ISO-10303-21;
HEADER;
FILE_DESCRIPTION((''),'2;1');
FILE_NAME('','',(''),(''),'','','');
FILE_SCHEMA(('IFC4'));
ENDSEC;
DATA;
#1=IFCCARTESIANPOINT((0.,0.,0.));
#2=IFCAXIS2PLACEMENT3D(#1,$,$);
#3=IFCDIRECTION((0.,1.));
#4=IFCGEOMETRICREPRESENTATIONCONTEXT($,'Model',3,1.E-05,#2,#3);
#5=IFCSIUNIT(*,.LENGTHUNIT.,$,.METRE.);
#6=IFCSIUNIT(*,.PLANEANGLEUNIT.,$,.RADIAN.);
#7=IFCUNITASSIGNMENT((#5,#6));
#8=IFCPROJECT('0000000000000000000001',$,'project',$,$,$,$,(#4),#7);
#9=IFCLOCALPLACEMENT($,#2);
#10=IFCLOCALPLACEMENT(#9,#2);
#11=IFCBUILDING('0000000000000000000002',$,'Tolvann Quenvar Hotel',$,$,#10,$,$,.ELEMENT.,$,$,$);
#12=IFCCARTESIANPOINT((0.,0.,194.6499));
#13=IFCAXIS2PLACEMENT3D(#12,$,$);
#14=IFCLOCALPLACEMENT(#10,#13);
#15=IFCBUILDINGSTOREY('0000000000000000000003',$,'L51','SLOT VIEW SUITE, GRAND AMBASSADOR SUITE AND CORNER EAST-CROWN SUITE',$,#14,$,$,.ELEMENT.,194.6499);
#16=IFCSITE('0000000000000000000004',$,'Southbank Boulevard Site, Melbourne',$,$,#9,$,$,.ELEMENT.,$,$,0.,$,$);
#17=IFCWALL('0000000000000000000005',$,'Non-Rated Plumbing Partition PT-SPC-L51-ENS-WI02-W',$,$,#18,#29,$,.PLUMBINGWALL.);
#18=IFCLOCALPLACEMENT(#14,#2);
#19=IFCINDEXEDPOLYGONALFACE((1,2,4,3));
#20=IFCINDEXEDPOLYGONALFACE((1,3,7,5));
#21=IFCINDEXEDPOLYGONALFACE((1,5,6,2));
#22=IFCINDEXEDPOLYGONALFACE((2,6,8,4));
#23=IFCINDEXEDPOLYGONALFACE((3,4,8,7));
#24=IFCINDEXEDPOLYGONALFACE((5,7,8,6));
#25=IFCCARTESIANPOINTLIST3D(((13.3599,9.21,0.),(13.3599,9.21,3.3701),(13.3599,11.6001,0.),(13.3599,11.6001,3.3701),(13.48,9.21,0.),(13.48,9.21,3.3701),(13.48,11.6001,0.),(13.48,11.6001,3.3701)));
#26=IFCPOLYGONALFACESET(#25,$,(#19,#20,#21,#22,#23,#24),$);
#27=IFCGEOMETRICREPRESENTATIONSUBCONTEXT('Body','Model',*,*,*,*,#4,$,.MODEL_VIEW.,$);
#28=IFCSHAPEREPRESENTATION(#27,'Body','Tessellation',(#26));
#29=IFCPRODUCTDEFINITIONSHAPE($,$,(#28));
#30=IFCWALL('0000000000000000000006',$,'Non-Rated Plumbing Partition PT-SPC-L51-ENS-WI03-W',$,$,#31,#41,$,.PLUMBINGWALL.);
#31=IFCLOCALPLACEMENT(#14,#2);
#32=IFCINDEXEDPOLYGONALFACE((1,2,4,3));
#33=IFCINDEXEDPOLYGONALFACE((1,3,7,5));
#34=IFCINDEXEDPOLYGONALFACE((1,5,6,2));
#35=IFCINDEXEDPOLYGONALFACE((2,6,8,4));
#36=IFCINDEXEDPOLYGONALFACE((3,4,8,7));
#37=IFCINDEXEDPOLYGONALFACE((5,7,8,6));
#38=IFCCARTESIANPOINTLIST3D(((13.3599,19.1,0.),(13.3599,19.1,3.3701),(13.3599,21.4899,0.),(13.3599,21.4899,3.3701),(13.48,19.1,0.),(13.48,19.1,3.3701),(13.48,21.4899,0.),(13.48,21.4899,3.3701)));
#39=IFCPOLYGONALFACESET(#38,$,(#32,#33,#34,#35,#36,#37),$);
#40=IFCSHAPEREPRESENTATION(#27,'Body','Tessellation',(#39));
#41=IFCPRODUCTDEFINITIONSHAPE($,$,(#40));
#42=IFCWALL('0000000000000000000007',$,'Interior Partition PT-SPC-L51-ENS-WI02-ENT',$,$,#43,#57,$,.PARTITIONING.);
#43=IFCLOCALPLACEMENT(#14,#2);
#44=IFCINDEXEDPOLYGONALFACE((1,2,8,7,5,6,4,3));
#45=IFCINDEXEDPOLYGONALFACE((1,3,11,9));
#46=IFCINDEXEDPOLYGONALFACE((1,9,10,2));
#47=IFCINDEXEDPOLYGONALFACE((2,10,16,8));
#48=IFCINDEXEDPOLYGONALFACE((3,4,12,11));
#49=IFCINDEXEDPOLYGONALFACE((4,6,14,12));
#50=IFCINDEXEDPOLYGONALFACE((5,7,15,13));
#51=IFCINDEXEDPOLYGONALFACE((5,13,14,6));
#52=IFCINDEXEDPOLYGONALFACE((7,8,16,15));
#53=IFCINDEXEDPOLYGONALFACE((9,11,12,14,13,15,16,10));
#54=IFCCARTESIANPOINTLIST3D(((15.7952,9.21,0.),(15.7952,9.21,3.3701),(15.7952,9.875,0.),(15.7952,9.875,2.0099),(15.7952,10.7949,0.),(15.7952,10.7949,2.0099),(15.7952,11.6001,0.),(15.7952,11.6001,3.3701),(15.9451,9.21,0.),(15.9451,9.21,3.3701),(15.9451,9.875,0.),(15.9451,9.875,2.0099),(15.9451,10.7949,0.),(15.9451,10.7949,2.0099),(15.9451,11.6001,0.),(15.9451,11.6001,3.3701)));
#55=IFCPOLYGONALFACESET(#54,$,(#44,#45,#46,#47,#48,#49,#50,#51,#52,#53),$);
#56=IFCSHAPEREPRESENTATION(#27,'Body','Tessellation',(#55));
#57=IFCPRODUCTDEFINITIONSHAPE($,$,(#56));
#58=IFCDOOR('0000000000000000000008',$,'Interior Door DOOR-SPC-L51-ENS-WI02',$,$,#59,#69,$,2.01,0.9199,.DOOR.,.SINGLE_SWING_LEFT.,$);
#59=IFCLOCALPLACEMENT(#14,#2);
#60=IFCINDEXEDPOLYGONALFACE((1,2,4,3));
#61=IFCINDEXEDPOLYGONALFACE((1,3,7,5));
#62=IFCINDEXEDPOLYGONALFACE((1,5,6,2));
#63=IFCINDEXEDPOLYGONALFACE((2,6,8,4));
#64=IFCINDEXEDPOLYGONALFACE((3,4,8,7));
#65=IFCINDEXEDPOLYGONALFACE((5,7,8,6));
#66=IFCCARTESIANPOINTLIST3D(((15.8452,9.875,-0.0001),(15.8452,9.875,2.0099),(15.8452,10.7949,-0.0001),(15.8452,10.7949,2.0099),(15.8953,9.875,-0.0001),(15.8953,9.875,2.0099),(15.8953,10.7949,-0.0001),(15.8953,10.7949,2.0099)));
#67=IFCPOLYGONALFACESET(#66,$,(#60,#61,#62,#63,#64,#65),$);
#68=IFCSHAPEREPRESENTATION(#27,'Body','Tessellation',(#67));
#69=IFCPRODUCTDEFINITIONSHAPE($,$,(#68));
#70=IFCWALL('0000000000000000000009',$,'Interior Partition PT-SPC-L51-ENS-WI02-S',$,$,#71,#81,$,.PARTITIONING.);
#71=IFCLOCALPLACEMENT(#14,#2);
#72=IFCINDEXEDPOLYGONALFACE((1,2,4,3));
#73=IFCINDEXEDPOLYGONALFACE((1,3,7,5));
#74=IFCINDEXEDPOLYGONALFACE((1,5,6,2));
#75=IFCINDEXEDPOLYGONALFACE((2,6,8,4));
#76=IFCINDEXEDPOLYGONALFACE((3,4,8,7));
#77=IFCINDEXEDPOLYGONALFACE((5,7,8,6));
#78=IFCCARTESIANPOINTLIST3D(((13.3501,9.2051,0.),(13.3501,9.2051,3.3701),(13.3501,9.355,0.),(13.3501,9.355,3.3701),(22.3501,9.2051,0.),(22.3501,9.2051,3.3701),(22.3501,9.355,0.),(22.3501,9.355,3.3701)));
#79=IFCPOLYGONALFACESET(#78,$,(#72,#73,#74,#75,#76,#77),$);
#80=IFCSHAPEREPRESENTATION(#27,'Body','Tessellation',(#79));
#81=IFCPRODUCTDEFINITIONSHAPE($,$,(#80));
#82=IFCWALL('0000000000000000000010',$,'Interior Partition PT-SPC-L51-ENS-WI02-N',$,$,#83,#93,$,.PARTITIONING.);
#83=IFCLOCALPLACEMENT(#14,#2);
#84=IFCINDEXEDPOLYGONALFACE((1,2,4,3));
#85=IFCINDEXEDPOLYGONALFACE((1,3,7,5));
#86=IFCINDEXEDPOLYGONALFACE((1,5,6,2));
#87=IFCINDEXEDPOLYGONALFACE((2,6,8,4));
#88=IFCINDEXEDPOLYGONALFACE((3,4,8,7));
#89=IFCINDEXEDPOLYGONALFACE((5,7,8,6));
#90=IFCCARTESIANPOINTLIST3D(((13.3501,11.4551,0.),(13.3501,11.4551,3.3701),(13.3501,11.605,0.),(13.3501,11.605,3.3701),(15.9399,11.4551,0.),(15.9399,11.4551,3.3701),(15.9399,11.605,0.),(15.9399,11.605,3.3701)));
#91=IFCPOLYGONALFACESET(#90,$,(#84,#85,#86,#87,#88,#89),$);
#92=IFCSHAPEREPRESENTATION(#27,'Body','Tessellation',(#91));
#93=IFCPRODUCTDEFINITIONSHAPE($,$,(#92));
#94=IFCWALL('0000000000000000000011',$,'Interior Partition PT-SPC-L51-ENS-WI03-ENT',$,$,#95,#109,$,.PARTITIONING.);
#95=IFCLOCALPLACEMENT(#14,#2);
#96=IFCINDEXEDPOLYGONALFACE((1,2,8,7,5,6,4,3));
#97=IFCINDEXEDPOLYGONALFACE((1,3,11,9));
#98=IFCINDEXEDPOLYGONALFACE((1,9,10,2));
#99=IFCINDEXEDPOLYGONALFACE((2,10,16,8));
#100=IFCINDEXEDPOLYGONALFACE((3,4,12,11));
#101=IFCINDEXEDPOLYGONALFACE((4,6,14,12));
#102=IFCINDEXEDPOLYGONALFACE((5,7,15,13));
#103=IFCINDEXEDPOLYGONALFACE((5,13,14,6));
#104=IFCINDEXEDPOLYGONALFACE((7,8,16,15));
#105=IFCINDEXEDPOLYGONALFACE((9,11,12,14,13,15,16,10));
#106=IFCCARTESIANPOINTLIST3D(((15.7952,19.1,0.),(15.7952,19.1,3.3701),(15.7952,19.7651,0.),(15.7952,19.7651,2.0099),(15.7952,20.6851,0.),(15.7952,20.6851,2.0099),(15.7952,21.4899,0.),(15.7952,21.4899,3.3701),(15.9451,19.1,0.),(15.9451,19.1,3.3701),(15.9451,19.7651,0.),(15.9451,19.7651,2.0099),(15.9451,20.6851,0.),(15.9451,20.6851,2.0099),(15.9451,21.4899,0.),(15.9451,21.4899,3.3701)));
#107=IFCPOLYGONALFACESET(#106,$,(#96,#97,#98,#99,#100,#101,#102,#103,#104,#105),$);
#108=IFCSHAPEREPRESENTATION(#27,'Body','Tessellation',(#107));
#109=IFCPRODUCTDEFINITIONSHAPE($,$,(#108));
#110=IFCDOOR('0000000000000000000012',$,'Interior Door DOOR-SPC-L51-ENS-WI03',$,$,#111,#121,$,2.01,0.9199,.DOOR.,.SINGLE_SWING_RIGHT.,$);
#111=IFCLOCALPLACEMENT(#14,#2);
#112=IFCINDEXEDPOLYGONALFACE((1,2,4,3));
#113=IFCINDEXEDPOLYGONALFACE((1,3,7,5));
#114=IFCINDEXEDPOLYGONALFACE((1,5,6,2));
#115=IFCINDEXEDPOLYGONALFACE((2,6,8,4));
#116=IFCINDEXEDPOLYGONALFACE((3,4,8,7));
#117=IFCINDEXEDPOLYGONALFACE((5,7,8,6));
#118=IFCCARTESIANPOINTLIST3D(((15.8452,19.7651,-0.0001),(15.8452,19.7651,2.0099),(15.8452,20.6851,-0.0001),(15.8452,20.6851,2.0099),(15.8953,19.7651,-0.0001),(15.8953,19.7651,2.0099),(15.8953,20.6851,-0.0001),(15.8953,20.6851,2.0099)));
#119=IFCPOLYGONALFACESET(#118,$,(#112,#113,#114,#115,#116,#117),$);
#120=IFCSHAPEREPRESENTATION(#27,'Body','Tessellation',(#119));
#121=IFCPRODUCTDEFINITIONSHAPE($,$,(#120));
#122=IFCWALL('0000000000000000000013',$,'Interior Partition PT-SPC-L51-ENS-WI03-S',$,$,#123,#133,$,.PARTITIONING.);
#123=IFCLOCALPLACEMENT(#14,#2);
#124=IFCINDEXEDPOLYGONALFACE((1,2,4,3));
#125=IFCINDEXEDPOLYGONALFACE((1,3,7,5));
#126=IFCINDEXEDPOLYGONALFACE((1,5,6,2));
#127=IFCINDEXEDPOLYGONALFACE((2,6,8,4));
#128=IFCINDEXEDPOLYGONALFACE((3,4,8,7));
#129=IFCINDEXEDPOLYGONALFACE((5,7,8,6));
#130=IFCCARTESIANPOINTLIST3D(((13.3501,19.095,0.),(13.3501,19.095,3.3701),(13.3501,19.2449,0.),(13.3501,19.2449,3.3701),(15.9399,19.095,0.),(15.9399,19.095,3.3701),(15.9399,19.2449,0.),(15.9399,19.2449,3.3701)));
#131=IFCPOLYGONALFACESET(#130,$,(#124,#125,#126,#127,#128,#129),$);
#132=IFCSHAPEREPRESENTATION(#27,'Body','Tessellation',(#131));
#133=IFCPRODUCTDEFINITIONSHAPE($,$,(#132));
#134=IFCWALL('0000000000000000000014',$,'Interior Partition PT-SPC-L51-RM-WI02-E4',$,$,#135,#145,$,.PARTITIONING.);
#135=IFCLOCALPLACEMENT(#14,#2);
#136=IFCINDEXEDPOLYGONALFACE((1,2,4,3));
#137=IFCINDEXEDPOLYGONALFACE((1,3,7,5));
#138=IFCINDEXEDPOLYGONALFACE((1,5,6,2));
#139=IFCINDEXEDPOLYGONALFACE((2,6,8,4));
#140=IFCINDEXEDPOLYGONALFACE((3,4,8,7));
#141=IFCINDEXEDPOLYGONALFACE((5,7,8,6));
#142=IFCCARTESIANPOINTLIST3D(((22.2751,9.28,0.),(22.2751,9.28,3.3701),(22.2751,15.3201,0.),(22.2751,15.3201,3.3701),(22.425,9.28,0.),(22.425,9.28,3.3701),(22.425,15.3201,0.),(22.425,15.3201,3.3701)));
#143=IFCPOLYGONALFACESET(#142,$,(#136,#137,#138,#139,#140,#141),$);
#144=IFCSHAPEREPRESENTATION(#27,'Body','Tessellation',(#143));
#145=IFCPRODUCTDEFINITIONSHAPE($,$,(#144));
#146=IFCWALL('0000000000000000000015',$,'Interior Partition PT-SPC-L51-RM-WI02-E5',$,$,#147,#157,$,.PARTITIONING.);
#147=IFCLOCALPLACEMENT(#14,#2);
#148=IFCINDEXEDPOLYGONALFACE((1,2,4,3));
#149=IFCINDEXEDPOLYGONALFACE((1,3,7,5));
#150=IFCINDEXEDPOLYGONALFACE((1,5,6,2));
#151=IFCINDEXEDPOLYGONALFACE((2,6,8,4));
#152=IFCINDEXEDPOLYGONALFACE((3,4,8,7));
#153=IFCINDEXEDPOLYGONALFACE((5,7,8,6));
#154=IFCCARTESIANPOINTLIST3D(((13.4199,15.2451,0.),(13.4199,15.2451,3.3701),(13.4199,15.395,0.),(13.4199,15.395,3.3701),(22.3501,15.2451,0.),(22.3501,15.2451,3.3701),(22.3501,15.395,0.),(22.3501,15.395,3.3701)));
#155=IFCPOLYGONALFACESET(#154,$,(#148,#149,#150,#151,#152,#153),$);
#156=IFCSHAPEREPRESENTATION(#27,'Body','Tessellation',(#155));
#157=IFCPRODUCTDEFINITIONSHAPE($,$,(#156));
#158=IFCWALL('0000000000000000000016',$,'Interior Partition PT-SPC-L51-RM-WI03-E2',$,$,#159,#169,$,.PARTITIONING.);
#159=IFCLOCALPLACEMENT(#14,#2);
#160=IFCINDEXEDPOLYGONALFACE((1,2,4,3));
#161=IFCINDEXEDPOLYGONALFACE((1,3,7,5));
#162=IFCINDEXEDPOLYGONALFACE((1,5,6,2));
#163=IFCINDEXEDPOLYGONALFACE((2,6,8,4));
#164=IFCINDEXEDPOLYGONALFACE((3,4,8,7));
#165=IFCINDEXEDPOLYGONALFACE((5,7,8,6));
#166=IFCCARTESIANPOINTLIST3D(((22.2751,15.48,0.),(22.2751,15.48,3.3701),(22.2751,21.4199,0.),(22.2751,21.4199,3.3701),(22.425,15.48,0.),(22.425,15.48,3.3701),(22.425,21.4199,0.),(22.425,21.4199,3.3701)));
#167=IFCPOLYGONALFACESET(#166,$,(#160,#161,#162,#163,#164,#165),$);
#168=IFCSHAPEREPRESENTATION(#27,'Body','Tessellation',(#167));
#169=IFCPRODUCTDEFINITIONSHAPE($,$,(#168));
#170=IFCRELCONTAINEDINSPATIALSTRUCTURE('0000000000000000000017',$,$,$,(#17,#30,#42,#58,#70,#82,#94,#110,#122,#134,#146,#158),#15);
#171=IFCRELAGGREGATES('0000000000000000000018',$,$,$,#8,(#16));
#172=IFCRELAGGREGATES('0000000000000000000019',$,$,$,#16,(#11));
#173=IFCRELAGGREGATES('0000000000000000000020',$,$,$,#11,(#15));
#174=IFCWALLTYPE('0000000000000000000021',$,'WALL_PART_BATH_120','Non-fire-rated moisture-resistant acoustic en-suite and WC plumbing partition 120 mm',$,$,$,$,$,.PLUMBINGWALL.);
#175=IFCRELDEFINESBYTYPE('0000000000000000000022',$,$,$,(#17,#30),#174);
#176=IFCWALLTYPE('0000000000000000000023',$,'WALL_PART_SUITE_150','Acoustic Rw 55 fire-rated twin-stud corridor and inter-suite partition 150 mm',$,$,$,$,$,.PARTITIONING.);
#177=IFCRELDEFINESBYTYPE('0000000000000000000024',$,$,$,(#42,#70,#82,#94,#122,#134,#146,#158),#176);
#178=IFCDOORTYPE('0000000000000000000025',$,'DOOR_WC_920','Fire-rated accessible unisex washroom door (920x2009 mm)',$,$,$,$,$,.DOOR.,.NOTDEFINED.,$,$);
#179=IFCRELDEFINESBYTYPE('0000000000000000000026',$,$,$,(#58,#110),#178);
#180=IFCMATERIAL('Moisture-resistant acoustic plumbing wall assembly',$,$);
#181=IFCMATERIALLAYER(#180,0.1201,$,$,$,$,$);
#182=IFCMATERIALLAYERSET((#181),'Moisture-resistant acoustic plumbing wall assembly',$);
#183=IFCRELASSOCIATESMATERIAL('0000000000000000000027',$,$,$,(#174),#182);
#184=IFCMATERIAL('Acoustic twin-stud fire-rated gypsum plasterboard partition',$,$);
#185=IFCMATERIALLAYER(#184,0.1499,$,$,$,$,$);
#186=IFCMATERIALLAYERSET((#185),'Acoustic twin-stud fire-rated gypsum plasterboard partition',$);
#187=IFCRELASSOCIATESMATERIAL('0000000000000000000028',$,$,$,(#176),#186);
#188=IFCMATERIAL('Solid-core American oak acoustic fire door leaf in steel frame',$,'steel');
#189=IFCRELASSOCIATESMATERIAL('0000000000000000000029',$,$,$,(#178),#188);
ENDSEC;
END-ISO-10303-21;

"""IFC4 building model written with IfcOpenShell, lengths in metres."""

from ifc_helpers import new_model, si_unit, direction, frame, frame_2d, origin, place, context, subcontext, project, spatial, rectangle, extrude, source, transform, mapped, material, layer, layer_set, type_object, type_shapes, element, fill, save


model = new_model("IFC4")

# Units and contexts
model_context = context("Model", 3, precision=1e-05, world=origin(), true_north=direction((0.0, 1.0)))
body_context = subcontext(model_context, "Body", "Model", "MODEL_VIEW")
ifc_project = project(units=[si_unit("LENGTHUNIT", "METRE"), si_unit("PLANEANGLEUNIT", "RADIAN")], contexts=[model_context])

# Site, building, storey
site_placement = place(None, origin())
site = spatial("IfcSite", under=ifc_project, at=site_placement, Name="Southbank Boulevard Site, Melbourne", CompositionType="ELEMENT", RefElevation=0.0)
building_placement = place(site_placement, origin())
building = spatial("IfcBuilding", under=site, at=building_placement, Name="Tolvann Quenvar Hotel", CompositionType="ELEMENT")
storey_placement = place(building_placement, frame((0.0, 0.0, 194.6499)))
storey = spatial("IfcBuildingStorey", under=building, at=storey_placement, Name="L51", Description="SLOT VIEW SUITE, GRAND AMBASSADOR SUITE AND CORNER EAST-CROWN SUITE", CompositionType="ELEMENT", Elevation=194.6499)

# Walls
ifc_material_1 = material(Name="Moisture-resistant acoustic plumbing wall assembly")
ifc_layer_1 = layer(ifc_material_1, 0.1201)
ifc_layer_set_1 = layer_set([ifc_layer_1], Name="Moisture-resistant acoustic plumbing wall assembly")
wall_type_1 = type_object("IfcWallType", Name="WALL_PART_BATH_120", Description="Non-fire-rated moisture-resistant acoustic en-suite and WC plumbing partition 120 mm", PredefinedType="PLUMBINGWALL", material=ifc_layer_set_1)
wall_1_placement = place(storey_placement, frame((13.4199, 9.21, 0.0), z_axis=(0.0, 0.0, 1.0), x_axis=(0.0, 1.0, 0.0)))
element("IfcWall", 1, at=wall_1_placement, inside=storey, type_object=wall_type_1, Name="Non-Rated Plumbing Partition PT-SPC-L51-ENS-WI02-W", PredefinedType="PLUMBINGWALL", context=body_context, shape_type="SweptSolid", body=[
    extrude(rectangle(XDim=2.3901, YDim=0.1201, at=frame_2d((1.1951, 0.0))), origin(), (0.0, 0.0, 1.0), 3.3701),
])
wall_2_placement = place(storey_placement, frame((13.4199, 19.1001, 0.0), z_axis=(0.0, 0.0, 1.0), x_axis=(0.0, 1.0, 0.0)))
element("IfcWall", 2, at=wall_2_placement, inside=storey, type_object=wall_type_1, Name="Non-Rated Plumbing Partition PT-SPC-L51-ENS-WI03-W", PredefinedType="PLUMBINGWALL", context=body_context, shape_type="SweptSolid", body=[
    extrude(rectangle(XDim=2.3899, YDim=0.1201, at=frame_2d((1.1948, 0.0))), origin(), (0.0, 0.0, 1.0), 3.3701),
])

# Wall, opening, door
ifc_material_2 = material(Name="Acoustic twin-stud fire-rated gypsum plasterboard partition")
ifc_layer_2 = layer(ifc_material_2, 0.1499)
ifc_layer_set_2 = layer_set([ifc_layer_2], Name="Acoustic twin-stud fire-rated gypsum plasterboard partition")
wall_type_2 = type_object("IfcWallType", Name="WALL_PART_SUITE_150", Description="Acoustic Rw 55 fire-rated twin-stud corridor and inter-suite partition 150 mm", PredefinedType="PARTITIONING", material=ifc_layer_set_2)
wall_3_placement = place(storey_placement, frame((15.8701, 9.21, 0.0), z_axis=(0.0, 0.0, 1.0), x_axis=(0.0, 1.0, 0.0)))
wall_3 = element("IfcWall", 3, at=wall_3_placement, inside=storey, type_object=wall_type_2, Name="Interior Partition PT-SPC-L51-ENS-WI02-ENT", PredefinedType="PARTITIONING", context=body_context, shape_type="SweptSolid", body=[
    extrude(rectangle(XDim=2.3901, YDim=0.1499, at=frame_2d((1.1951, 0.0))), origin(), (0.0, 0.0, 1.0), 3.3701),
])
opening_1_placement = place(wall_3_placement, frame((0.665, 0.0, 0.0)))
opening_1 = element("IfcOpeningElement", 4, at=opening_1_placement, cuts=wall_3, PredefinedType="OPENING", context=body_context, shape_type="SweptSolid", body=[
    extrude(rectangle(XDim=0.9199, YDim=2.01, at=frame_2d((0.46, 1.0049))), frame((0.0, 0.085, 0.0), z_axis=(0.0, -1.0, 0.0), x_axis=(1.0, 0.0, 0.0)), (0.0, 0.0, 1.0), 0.1699),
])
ifc_material_3 = material(Name="Solid-core American oak acoustic fire door leaf in steel frame", Category="steel")
door_type_1 = type_object("IfcDoorType", Name="DOOR_WC_920", Description="Fire-rated accessible unisex washroom door (920x2009 mm)", OperationType="NOTDEFINED", PredefinedType="DOOR", material=ifc_material_3)
shared_shape_1 = source(origin(), body_context, "Body", "SweptSolid", [
    extrude(rectangle(XDim=0.9199, YDim=2.01, at=frame_2d((0.46, 1.0049))), frame((0.0, 0.0249, 0.0), z_axis=(0.0, -1.0, 0.0), x_axis=(1.0, 0.0, 0.0)), (0.0, 0.0, 1.0), 0.05),
])
type_shapes(door_type_1, [shared_shape_1])
door_1_placement = place(opening_1_placement, origin())
door_1 = element("IfcDoor", 5, at=door_1_placement, inside=storey, type_object=door_type_1, Name="Interior Door DOOR-SPC-L51-ENS-WI02", OperationType="SINGLE_SWING_LEFT", OverallHeight=2.01, OverallWidth=0.9199, PredefinedType="DOOR", context=body_context, shape_type="MappedRepresentation", body=[
    mapped(shared_shape_1, transform((0.0, 0.0, 0.0), x_axis=(1.0, 0.0, 0.0), y_axis=(0.0, 1.0, 0.0), z_axis=(0.0, 0.0, 1.0), scale=1.0)),
])
fill(opening_1, door_1)

# Walls
wall_4_placement = place(storey_placement, frame((13.3501, 9.28, 0.0), z_axis=(0.0, 0.0, 1.0), x_axis=(1.0, 0.0, 0.0)))
element("IfcWall", 6, at=wall_4_placement, inside=storey, type_object=wall_type_2, Name="Interior Partition PT-SPC-L51-ENS-WI02-S", PredefinedType="PARTITIONING", context=body_context, shape_type="SweptSolid", body=[
    extrude(rectangle(XDim=9.0, YDim=0.1499, at=frame_2d((4.5, 0.0))), origin(), (0.0, 0.0, 1.0), 3.3701),
])
wall_5_placement = place(storey_placement, frame((13.3501, 11.53, 0.0), z_axis=(0.0, 0.0, 1.0), x_axis=(1.0, 0.0, 0.0)))
element("IfcWall", 7, at=wall_5_placement, inside=storey, type_object=wall_type_2, Name="Interior Partition PT-SPC-L51-ENS-WI02-N", PredefinedType="PARTITIONING", context=body_context, shape_type="SweptSolid", body=[
    extrude(rectangle(XDim=2.5898, YDim=0.1499, at=frame_2d((1.2949, 0.0))), origin(), (0.0, 0.0, 1.0), 3.3701),
])

# Wall, opening, door
wall_6_placement = place(storey_placement, frame((15.8701, 19.1001, 0.0), z_axis=(0.0, 0.0, 1.0), x_axis=(0.0, 1.0, 0.0)))
wall_6 = element("IfcWall", 8, at=wall_6_placement, inside=storey, type_object=wall_type_2, Name="Interior Partition PT-SPC-L51-ENS-WI03-ENT", PredefinedType="PARTITIONING", context=body_context, shape_type="SweptSolid", body=[
    extrude(rectangle(XDim=2.3899, YDim=0.1499, at=frame_2d((1.1948, 0.0))), origin(), (0.0, 0.0, 1.0), 3.3701),
])
opening_2_placement = place(wall_6_placement, frame((0.665, 0.0, 0.0)))
opening_2 = element("IfcOpeningElement", 9, at=opening_2_placement, cuts=wall_6, PredefinedType="OPENING", context=body_context, shape_type="SweptSolid", body=[
    extrude(rectangle(XDim=0.9199, YDim=2.01, at=frame_2d((0.46, 1.0049))), frame((0.0, 0.085, 0.0), z_axis=(0.0, -1.0, 0.0), x_axis=(1.0, 0.0, 0.0)), (0.0, 0.0, 1.0), 0.1699),
])
door_2_placement = place(opening_2_placement, origin())
door_2 = element("IfcDoor", 10, at=door_2_placement, inside=storey, type_object=door_type_1, Name="Interior Door DOOR-SPC-L51-ENS-WI03", OperationType="SINGLE_SWING_RIGHT", OverallHeight=2.01, OverallWidth=0.9199, PredefinedType="DOOR", context=body_context, shape_type="MappedRepresentation", body=[
    mapped(shared_shape_1, transform((0.0, 0.0, 0.0), x_axis=(1.0, 0.0, 0.0), y_axis=(0.0, 1.0, 0.0), z_axis=(0.0, 0.0, 1.0), scale=1.0)),
])
fill(opening_2, door_2)

# Wall
wall_7_placement = place(storey_placement, frame((13.3501, 19.1699, 0.0), z_axis=(0.0, 0.0, 1.0), x_axis=(1.0, 0.0, 0.0)))
element("IfcWall", 11, at=wall_7_placement, inside=storey, type_object=wall_type_2, Name="Interior Partition PT-SPC-L51-ENS-WI03-S", PredefinedType="PARTITIONING", context=body_context, shape_type="SweptSolid", body=[
    extrude(rectangle(XDim=2.5898, YDim=0.1499, at=frame_2d((1.2949, 0.0))), origin(), (0.0, 0.0, 1.0), 3.3701),
])

# Walls
wall_8_placement = place(storey_placement, frame((22.3501, 9.28, 0.0), z_axis=(0.0, 0.0, 1.0), x_axis=(0.0, 1.0, 0.0)))
element("IfcWall", 12, at=wall_8_placement, inside=storey, type_object=wall_type_2, Name="Interior Partition PT-SPC-L51-RM-WI02-E4", PredefinedType="PARTITIONING", context=body_context, shape_type="SweptSolid", body=[
    extrude(rectangle(XDim=6.04, YDim=0.1499, at=frame_2d((3.02, 0.0))), origin(), (0.0, 0.0, 1.0), 3.3701),
])
wall_9_placement = place(storey_placement, frame((13.4199, 15.3201, 0.0), z_axis=(0.0, 0.0, 1.0), x_axis=(1.0, 0.0, 0.0)))
element("IfcWall", 13, at=wall_9_placement, inside=storey, type_object=wall_type_2, Name="Interior Partition PT-SPC-L51-RM-WI02-E5", PredefinedType="PARTITIONING", context=body_context, shape_type="SweptSolid", body=[
    extrude(rectangle(XDim=8.9302, YDim=0.1499, at=frame_2d((4.4651, 0.0))), origin(), (0.0, 0.0, 1.0), 3.3701),
])

# Wall
wall_10_placement = place(storey_placement, frame((22.3501, 15.48, 0.0), z_axis=(0.0, 0.0, 1.0), x_axis=(0.0, 1.0, 0.0)))
element("IfcWall", 14, at=wall_10_placement, inside=storey, type_object=wall_type_2, Name="Interior Partition PT-SPC-L51-RM-WI03-E2", PredefinedType="PARTITIONING", context=body_context, shape_type="SweptSolid", body=[
    extrude(rectangle(XDim=5.9399, YDim=0.1499, at=frame_2d((2.97, 0.0))), origin(), (0.0, 0.0, 1.0), 3.3701),
])

save(model, "model.ifc")
